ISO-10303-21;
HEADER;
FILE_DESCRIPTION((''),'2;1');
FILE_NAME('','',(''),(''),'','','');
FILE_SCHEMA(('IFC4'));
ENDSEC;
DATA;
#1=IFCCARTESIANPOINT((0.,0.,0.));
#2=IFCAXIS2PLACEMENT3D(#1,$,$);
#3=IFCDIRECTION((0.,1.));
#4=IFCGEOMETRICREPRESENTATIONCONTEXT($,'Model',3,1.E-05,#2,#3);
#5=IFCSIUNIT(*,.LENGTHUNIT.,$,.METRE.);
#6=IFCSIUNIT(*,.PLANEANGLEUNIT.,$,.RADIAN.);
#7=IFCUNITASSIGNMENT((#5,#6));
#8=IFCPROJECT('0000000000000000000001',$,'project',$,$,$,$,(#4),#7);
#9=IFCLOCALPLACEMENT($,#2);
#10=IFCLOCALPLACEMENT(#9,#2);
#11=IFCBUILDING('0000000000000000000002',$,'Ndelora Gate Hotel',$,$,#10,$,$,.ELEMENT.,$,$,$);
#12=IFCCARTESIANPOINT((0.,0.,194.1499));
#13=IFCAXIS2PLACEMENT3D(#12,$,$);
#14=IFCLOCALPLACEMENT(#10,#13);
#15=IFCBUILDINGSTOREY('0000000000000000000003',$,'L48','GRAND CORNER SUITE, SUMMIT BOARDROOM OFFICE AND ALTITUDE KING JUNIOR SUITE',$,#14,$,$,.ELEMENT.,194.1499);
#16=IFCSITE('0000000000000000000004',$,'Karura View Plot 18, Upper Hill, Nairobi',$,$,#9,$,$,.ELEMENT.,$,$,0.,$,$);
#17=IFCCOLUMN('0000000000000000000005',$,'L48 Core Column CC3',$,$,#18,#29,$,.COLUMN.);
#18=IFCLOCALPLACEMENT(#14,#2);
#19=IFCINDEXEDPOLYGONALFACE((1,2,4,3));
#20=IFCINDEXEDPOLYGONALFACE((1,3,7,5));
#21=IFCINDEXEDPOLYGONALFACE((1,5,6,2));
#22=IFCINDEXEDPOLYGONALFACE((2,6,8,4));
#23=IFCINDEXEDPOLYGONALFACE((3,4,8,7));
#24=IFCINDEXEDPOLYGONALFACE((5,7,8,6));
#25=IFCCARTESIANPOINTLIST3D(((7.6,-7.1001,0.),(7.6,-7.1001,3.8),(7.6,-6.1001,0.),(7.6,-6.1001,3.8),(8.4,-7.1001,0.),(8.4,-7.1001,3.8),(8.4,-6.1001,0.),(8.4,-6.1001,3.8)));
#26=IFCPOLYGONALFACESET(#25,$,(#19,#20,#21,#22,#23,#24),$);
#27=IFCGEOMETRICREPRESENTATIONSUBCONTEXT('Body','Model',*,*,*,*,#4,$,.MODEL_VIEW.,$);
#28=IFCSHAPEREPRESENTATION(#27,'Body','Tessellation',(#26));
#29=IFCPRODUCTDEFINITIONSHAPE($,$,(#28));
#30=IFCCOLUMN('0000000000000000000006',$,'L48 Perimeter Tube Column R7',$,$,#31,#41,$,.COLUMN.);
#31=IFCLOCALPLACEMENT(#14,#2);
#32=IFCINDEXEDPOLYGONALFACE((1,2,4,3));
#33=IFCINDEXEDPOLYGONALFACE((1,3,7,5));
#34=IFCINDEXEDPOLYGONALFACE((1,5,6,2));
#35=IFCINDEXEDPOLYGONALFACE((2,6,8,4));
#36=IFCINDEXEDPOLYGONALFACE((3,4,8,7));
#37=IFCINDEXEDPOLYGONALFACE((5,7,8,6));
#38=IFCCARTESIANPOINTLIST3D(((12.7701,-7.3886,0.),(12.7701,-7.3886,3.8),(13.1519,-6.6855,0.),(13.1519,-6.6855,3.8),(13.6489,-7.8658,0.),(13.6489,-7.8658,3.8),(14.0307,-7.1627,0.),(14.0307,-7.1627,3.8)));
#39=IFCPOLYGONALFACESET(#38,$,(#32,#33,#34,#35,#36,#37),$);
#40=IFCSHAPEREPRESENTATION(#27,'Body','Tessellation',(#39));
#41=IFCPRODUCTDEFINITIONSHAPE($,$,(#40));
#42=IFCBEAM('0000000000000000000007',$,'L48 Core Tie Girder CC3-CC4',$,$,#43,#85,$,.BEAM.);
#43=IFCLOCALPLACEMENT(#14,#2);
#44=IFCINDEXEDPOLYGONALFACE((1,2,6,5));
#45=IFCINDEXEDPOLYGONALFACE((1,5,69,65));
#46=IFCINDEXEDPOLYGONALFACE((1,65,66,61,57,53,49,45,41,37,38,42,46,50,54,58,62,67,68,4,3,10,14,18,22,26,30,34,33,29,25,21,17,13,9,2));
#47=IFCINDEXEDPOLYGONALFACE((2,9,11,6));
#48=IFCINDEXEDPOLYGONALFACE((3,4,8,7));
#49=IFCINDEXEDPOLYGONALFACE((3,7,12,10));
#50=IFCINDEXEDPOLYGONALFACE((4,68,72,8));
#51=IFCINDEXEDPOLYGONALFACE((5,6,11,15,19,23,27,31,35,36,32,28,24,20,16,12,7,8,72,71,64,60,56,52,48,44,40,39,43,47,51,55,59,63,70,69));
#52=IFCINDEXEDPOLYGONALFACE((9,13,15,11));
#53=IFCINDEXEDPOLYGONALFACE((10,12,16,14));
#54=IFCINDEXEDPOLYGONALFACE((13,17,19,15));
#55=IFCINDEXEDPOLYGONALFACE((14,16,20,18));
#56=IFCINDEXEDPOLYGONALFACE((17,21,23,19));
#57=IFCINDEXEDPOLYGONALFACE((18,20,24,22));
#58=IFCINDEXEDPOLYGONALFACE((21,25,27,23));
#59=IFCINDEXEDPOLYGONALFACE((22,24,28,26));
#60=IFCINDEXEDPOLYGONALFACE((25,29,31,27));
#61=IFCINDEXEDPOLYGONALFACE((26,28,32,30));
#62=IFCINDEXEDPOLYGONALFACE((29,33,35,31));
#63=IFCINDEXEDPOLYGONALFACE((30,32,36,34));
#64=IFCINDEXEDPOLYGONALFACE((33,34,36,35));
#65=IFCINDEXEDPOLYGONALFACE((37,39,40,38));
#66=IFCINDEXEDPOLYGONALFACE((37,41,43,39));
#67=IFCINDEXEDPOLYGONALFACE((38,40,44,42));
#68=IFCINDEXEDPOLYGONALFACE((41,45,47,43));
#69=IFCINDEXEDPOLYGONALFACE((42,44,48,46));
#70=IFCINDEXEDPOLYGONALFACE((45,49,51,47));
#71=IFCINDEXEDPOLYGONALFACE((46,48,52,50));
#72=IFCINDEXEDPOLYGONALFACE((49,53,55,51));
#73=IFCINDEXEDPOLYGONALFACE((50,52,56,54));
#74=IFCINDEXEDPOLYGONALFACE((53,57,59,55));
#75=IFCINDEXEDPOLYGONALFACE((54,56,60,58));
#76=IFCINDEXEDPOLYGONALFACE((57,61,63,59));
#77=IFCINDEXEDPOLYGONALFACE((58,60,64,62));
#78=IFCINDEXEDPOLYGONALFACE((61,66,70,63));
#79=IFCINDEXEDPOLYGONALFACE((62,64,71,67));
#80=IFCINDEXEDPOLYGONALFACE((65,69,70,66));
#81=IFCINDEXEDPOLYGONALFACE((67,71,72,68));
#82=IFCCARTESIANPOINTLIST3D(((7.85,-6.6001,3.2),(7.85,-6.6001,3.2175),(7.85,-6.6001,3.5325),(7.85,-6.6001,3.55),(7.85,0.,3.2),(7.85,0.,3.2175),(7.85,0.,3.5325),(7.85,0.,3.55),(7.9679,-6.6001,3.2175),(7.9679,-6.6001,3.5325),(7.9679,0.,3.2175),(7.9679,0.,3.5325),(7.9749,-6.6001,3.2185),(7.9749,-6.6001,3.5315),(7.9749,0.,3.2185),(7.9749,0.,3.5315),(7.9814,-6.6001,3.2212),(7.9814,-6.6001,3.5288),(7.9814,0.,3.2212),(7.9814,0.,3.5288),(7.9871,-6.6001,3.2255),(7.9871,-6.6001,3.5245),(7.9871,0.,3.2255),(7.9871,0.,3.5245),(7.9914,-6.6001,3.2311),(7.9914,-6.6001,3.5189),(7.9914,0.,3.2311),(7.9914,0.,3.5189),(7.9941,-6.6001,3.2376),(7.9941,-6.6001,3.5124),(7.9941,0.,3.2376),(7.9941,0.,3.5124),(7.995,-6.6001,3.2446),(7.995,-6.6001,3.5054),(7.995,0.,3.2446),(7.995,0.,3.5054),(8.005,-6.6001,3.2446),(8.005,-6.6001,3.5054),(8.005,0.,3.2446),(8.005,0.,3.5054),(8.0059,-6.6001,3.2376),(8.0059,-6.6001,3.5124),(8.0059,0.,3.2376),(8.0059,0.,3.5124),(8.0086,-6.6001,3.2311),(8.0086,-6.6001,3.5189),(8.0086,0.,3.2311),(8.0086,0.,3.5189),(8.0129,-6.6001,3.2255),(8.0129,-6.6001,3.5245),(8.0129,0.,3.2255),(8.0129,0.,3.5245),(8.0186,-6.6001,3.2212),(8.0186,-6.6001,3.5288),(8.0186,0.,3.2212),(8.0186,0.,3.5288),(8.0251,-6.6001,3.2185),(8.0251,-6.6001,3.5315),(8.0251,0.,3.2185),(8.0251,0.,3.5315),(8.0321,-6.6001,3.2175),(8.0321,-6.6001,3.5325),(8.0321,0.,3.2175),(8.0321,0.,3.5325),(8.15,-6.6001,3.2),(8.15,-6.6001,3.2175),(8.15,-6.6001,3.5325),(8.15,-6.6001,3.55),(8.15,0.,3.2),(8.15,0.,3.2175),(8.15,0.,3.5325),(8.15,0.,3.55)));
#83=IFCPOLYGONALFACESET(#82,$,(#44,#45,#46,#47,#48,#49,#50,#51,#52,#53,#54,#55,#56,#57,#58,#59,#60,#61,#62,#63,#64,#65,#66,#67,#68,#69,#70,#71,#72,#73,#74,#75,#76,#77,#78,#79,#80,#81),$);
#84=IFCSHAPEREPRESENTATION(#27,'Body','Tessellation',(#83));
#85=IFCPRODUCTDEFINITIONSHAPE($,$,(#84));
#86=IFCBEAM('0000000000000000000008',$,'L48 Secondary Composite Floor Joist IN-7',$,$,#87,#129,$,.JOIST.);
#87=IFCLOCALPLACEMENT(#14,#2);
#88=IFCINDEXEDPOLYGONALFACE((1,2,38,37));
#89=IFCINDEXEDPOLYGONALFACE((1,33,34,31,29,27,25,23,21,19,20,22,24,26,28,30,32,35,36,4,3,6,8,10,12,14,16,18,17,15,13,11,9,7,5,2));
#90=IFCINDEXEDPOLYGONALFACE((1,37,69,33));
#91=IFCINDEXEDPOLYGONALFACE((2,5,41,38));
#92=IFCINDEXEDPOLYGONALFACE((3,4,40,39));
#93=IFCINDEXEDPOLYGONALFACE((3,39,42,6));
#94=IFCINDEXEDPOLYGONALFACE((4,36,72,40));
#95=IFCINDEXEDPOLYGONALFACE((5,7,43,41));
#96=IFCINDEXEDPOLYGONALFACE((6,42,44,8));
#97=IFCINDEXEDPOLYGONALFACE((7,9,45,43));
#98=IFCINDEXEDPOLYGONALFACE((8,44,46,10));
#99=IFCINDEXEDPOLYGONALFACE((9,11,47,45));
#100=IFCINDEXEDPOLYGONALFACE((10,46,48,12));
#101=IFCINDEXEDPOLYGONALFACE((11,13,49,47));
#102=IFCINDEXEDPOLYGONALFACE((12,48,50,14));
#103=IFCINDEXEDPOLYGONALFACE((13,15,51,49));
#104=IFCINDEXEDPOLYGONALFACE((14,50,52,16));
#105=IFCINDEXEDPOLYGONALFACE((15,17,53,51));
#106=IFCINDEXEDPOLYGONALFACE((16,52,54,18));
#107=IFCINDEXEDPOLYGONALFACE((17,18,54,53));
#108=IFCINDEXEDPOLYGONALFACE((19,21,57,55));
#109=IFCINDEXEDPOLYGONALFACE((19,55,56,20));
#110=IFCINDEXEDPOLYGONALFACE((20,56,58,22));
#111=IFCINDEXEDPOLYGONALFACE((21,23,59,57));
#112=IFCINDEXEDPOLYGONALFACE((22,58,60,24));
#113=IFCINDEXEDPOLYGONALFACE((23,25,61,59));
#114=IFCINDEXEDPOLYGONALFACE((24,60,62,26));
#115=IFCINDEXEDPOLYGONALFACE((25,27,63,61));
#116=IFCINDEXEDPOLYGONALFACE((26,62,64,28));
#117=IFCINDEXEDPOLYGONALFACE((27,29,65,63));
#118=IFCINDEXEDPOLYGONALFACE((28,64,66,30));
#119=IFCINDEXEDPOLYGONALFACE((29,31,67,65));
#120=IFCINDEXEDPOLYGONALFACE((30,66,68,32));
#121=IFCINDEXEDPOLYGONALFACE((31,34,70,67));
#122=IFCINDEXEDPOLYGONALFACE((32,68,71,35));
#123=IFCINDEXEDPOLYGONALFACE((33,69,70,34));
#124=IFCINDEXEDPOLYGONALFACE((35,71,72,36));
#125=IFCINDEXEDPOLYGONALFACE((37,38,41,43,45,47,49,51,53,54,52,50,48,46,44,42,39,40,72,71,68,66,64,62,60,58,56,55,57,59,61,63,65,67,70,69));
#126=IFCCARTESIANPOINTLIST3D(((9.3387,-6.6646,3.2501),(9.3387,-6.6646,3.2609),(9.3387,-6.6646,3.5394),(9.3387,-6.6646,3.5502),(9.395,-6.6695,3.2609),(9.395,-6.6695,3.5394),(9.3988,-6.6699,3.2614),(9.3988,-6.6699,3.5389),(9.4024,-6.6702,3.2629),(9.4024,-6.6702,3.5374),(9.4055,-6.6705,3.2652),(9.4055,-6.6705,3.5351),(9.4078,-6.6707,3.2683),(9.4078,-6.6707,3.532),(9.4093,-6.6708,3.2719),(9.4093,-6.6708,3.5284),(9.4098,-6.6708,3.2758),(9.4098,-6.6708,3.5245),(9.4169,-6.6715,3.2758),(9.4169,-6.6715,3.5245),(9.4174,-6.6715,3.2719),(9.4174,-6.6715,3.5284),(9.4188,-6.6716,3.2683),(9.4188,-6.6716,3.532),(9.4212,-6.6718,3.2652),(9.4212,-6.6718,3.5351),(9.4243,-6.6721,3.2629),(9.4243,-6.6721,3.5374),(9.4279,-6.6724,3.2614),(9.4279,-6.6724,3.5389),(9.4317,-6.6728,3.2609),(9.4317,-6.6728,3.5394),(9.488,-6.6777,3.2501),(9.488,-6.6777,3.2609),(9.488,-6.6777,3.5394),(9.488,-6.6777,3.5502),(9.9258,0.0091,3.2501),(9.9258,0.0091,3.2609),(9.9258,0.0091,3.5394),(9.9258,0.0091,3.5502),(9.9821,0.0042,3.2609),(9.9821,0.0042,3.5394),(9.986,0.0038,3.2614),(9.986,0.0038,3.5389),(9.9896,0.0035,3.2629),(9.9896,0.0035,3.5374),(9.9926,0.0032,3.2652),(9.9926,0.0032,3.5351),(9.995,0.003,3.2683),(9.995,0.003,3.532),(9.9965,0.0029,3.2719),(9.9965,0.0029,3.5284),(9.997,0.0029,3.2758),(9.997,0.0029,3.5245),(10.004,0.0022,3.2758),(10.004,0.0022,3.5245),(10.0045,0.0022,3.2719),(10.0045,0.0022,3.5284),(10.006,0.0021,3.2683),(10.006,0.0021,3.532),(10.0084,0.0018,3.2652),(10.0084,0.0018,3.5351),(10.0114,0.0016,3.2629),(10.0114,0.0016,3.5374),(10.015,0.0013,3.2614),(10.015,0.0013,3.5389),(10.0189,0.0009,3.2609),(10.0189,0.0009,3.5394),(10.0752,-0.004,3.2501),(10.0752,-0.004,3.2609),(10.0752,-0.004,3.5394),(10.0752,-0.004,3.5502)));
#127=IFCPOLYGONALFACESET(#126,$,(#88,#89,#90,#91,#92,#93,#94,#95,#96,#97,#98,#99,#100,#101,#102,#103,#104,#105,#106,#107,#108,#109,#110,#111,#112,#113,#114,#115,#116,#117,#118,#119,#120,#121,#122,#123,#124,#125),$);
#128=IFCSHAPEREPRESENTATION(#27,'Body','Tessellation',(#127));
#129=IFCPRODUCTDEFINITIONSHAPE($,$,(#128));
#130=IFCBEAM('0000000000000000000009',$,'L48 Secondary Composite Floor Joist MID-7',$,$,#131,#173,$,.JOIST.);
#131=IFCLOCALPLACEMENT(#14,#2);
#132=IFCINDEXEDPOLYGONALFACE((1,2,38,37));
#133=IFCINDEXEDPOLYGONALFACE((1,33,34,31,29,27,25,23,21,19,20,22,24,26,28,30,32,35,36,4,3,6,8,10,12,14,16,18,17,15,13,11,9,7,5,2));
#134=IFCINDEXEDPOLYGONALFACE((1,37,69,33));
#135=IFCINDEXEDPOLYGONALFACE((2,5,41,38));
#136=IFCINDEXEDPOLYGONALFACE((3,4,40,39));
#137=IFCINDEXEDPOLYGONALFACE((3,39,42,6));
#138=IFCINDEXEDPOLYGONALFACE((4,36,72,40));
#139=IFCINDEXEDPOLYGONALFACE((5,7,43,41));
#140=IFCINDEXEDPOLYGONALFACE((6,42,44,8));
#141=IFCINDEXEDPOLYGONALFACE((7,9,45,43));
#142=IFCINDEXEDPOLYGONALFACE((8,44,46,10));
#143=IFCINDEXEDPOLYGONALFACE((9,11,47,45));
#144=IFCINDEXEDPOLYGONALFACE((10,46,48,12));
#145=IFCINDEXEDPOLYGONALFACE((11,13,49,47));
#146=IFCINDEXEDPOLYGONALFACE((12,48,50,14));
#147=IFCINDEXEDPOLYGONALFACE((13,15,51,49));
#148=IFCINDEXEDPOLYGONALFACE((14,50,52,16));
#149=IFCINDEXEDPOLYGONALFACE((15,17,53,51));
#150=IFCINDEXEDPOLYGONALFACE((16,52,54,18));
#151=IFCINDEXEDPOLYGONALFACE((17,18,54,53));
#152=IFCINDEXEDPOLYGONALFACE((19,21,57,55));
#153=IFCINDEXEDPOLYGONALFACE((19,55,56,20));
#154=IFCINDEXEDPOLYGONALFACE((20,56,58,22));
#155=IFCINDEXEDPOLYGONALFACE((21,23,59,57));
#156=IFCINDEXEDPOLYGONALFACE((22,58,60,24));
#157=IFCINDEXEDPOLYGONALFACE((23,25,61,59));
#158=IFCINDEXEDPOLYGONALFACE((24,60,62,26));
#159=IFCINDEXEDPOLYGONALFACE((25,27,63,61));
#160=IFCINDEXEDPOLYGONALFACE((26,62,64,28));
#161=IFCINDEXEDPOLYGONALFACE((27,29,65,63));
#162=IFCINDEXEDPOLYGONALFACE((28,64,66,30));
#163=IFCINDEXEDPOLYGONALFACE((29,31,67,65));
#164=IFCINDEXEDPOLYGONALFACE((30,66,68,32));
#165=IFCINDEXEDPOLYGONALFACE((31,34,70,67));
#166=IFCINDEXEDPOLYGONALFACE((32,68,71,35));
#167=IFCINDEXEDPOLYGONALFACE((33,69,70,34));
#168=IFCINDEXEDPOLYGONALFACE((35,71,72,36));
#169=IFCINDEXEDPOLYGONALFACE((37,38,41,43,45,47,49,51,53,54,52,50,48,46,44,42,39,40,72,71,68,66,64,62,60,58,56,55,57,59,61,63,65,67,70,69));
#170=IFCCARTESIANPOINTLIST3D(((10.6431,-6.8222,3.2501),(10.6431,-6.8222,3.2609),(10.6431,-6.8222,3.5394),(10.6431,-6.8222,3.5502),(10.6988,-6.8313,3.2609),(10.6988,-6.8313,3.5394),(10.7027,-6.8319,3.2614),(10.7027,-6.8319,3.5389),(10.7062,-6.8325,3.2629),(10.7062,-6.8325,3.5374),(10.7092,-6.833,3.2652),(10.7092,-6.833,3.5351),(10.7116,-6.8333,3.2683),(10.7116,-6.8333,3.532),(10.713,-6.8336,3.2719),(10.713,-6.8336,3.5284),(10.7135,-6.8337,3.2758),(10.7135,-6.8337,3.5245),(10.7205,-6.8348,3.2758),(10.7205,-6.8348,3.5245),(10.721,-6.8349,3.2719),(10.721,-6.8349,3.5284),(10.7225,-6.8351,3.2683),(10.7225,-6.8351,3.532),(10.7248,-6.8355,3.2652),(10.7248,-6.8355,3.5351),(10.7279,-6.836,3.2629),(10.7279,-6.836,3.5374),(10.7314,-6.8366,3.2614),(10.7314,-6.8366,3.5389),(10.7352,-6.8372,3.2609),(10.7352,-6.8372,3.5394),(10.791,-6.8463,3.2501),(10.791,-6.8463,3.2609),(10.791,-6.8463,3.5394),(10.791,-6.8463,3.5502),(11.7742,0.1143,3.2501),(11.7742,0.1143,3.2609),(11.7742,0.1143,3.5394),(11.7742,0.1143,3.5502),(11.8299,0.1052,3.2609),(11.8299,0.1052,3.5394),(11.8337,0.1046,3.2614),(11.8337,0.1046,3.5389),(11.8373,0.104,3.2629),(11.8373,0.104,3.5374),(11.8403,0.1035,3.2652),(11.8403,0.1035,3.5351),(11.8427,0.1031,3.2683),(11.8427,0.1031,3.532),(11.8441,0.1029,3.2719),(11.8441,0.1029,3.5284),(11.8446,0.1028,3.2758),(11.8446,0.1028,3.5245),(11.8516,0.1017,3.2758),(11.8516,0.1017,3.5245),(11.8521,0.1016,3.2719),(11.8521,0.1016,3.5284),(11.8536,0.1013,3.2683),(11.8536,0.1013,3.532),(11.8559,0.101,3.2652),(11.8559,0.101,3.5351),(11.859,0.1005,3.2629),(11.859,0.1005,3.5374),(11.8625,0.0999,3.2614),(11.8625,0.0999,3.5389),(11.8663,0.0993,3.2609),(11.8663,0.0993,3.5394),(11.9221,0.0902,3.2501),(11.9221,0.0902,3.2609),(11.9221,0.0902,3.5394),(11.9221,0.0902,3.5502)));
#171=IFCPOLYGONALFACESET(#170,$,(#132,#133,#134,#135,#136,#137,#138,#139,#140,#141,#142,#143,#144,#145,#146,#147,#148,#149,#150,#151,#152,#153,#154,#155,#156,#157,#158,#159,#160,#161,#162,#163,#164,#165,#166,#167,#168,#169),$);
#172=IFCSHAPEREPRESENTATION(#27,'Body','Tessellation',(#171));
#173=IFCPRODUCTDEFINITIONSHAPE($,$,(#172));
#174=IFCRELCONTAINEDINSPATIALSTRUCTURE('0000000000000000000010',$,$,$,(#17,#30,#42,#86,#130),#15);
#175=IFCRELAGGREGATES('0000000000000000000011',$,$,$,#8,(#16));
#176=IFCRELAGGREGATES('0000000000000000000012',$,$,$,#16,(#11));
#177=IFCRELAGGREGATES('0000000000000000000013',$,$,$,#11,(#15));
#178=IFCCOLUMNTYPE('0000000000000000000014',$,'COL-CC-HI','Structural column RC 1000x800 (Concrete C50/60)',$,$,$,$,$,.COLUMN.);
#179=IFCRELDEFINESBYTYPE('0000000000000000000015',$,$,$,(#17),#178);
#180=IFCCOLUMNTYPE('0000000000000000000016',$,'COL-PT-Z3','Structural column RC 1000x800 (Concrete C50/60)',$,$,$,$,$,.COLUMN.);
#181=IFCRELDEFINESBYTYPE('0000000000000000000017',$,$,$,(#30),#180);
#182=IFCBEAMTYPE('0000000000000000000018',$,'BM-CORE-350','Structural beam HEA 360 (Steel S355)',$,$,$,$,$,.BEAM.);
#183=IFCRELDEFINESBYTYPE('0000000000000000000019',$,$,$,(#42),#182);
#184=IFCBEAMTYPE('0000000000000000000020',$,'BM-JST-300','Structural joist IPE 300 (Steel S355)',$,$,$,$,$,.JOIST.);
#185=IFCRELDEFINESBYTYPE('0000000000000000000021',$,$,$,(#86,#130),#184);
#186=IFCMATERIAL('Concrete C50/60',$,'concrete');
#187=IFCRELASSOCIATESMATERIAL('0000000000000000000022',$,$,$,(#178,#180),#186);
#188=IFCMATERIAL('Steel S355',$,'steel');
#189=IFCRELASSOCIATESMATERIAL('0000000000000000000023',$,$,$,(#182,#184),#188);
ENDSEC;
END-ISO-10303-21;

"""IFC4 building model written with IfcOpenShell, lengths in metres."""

from ifc_helpers import new_model, si_unit, direction, frame, origin, origin_2d, place, context, subcontext, project, spatial, rectangle, i_section, extrude, material, material_profile, profile_set, type_object, element, save


model = new_model("IFC4")

# Units and contexts
model_context = context("Model", 3, precision=1e-05, world=origin(), true_north=direction((0.0, 1.0)))
body_context = subcontext(model_context, "Body", "Model", "MODEL_VIEW")
ifc_project = project(units=[si_unit("LENGTHUNIT", "METRE"), si_unit("PLANEANGLEUNIT", "RADIAN")], contexts=[model_context])

# Site, building, storey
site_placement = place(None, origin())
site = spatial("IfcSite", under=ifc_project, at=site_placement, Name="Karura View Plot 18, Upper Hill, Nairobi", CompositionType="ELEMENT", RefElevation=0.0)
building_placement = place(site_placement, origin())
building = spatial("IfcBuilding", under=site, at=building_placement, Name="Ndelora Gate Hotel", CompositionType="ELEMENT")
storey_placement = place(building_placement, frame((0.0, 0.0, 194.1499)))
storey = spatial("IfcBuildingStorey", under=building, at=storey_placement, Name="L48", Description="GRAND CORNER SUITE, SUMMIT BOARDROOM OFFICE AND ALTITUDE KING JUNIOR SUITE", CompositionType="ELEMENT", Elevation=194.1499)

# Columns
ifc_material_1 = material(Name="Concrete C50/60", Category="concrete")
ifc_material_profile_1 = material_profile(ifc_material_1, rectangle(XDim=0.8, YDim=1.0, at=origin_2d()), Name="RC 1000x800")
ifc_profile_set_1 = profile_set([ifc_material_profile_1], Name="Concrete C50/60")
column_type_1 = type_object("IfcColumnType", Name="COL-CC-HI", Description="Structural column RC 1000x800 (Concrete C50/60)", PredefinedType="COLUMN", material=ifc_profile_set_1)
column_1_placement = place(storey_placement, frame((8.0, -6.6001, 0.0), z_axis=(0.0, 0.0, 1.0), x_axis=(1.0, 0.0, 0.0)))
element("IfcColumn", 1, at=column_1_placement, inside=storey, type_object=column_type_1, Name="L48 Core Column CC3", PredefinedType="COLUMN", context=body_context, shape_type="SweptSolid", body=[
    extrude(rectangle(XDim=0.8, YDim=1.0, at=origin_2d()), origin(), (0.0, 0.0, 1.0), 3.8),
])
ifc_material_profile_2 = material_profile(ifc_material_1, rectangle(XDim=0.8, YDim=1.0, at=origin_2d()), Name="RC 1000x800")
ifc_profile_set_2 = profile_set([ifc_material_profile_2], Name="Concrete C50/60")
column_type_2 = type_object("IfcColumnType", Name="COL-PT-Z3", Description="Structural column RC 1000x800 (Concrete C50/60)", PredefinedType="COLUMN", material=ifc_profile_set_2)
column_2_placement = place(storey_placement, frame((13.4004, -7.2756, 0.0), z_axis=(0.0, 0.0, 1.0), x_axis=(0.477159, 0.878817, 0.0)))
element("IfcColumn", 2, at=column_2_placement, inside=storey, type_object=column_type_2, Name="L48 Perimeter Tube Column R7", PredefinedType="COLUMN", context=body_context, shape_type="SweptSolid", body=[
    extrude(rectangle(XDim=0.8, YDim=1.0, at=origin_2d()), origin(), (0.0, 0.0, 1.0), 3.8),
])

# Beams
ifc_material_2 = material(Name="Steel S355", Category="steel")
ifc_material_profile_3 = material_profile(ifc_material_2, i_section(OverallWidth=0.3, OverallDepth=0.3501, WebThickness=0.01, FlangeThickness=0.0176, FilletRadius=0.0271, at=origin_2d()), Name="HEA 360")
ifc_profile_set_3 = profile_set([ifc_material_profile_3], Name="Steel S355")
beam_type_1 = type_object("IfcBeamType", Name="BM-CORE-350", Description="Structural beam HEA 360 (Steel S355)", PredefinedType="BEAM", material=ifc_profile_set_3)
beam_1_placement = place(storey_placement, frame((8.0, -6.6001, 3.375), z_axis=(0.0, 1.0, 0.0), x_axis=(-1.0, 0.0, 0.0)))
element("IfcBeam", 3, at=beam_1_placement, inside=storey, type_object=beam_type_1, Name="L48 Core Tie Girder CC3-CC4", PredefinedType="BEAM", context=body_context, shape_type="SweptSolid", body=[
    extrude(i_section(OverallWidth=0.3, OverallDepth=0.3501, WebThickness=0.01, FlangeThickness=0.0176, FilletRadius=0.0271, at=origin_2d()), origin(), (0.0, 0.0, 1.0), 6.6001),
])
ifc_material_profile_4 = material_profile(ifc_material_2, i_section(OverallWidth=0.1499, OverallDepth=0.3, WebThickness=0.0071, FlangeThickness=0.0107, FilletRadius=0.0149, at=origin_2d()), Name="IPE 300")
ifc_profile_set_4 = profile_set([ifc_material_profile_4], Name="Steel S355")
beam_type_2 = type_object("IfcBeamType", Name="BM-JST-300", Description="Structural joist IPE 300 (Steel S355)", PredefinedType="JOIST", material=ifc_profile_set_4)
beam_2_placement = place(storey_placement, frame((9.4133, -6.6711, 3.4001), z_axis=(0.087644, 0.996152, 0.0), x_axis=(-0.996152, 0.087644, 0.0)))
element("IfcBeam", 4, at=beam_2_placement, inside=storey, type_object=beam_type_2, Name="L48 Secondary Composite Floor Joist IN-7", PredefinedType="JOIST", context=body_context, shape_type="SweptSolid", body=[
    extrude(i_section(OverallWidth=0.1499, OverallDepth=0.3, WebThickness=0.0071, FlangeThickness=0.0107, FilletRadius=0.0149, at=origin_2d()), origin(), (0.0, 0.0, 1.0), 6.6995),
])
beam_3_placement = place(storey_placement, frame((10.717, -6.8342, 3.4001), z_axis=(0.160939, 0.986964, 0.0), x_axis=(-0.986964, 0.160939, 0.0)))
element("IfcBeam", 5, at=beam_3_placement, inside=storey, type_object=beam_type_2, Name="L48 Secondary Composite Floor Joist MID-7", PredefinedType="JOIST", context=body_context, shape_type="SweptSolid", body=[
    extrude(i_section(OverallWidth=0.1499, OverallDepth=0.3, WebThickness=0.0071, FlangeThickness=0.0107, FilletRadius=0.0149, at=origin_2d()), origin(), (0.0, 0.0, 1.0), 7.0281),
])

save(model, "model.ifc")
